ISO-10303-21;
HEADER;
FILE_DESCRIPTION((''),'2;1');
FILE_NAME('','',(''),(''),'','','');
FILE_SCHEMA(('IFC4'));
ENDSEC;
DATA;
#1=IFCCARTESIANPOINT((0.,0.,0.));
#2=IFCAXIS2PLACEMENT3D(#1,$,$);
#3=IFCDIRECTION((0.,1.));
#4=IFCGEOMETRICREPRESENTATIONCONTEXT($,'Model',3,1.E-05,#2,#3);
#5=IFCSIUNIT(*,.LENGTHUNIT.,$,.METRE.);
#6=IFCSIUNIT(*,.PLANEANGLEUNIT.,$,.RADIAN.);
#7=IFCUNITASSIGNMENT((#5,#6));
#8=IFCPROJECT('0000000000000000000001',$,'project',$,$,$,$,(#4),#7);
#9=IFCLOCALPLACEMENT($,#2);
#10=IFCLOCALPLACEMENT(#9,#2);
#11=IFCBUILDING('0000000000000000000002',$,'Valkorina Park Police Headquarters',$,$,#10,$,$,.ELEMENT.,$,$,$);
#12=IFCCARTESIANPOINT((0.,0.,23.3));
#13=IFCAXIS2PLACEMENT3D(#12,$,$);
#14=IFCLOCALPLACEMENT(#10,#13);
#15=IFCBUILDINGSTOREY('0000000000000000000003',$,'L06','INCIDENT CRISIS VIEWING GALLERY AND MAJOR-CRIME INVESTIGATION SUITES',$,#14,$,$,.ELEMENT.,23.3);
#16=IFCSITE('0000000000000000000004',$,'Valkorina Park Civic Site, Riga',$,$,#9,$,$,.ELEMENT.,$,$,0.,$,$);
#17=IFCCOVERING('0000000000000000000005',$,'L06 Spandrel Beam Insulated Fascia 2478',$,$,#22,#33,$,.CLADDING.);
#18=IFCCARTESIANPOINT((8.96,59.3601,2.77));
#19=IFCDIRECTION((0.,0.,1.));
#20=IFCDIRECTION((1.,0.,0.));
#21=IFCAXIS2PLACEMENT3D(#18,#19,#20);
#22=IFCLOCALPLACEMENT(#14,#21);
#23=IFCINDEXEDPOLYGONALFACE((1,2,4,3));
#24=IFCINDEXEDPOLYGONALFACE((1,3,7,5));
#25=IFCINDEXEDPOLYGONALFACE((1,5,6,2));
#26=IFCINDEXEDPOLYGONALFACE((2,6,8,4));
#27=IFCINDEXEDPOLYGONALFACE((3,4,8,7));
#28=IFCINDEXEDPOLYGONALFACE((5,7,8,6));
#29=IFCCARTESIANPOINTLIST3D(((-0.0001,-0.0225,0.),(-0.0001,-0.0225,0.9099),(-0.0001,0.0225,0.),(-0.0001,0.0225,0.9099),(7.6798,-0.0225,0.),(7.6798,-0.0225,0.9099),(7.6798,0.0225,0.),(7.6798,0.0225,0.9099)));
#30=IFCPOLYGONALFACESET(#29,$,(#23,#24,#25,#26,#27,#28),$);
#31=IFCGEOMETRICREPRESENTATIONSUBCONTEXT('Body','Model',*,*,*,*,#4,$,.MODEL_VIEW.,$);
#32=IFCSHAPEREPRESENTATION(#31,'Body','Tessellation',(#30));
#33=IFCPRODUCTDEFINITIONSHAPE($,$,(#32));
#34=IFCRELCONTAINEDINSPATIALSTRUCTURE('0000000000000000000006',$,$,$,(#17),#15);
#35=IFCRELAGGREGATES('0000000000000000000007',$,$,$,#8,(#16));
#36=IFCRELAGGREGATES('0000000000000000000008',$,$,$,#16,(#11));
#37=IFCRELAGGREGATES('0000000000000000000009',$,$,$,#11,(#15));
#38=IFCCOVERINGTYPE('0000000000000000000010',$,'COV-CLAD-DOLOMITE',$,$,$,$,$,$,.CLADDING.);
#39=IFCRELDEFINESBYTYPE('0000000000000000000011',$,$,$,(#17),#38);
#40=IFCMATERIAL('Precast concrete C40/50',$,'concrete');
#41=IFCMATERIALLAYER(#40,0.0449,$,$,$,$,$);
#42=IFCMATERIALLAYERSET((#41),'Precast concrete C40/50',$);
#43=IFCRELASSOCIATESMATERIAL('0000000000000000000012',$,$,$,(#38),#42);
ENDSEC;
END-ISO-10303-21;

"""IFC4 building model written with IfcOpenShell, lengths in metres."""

from ifc_helpers import new_model, si_unit, direction, frame, frame_2d, origin, place, context, subcontext, project, spatial, rectangle, extrude, material, layer, layer_set, type_object, element, save


model = new_model("IFC4")

# Units and contexts
model_context = context("Model", 3, precision=1e-05, world=origin(), true_north=direction((0.0, 1.0)))
body_context = subcontext(model_context, "Body", "Model", "MODEL_VIEW")
ifc_project = project(units=[si_unit("LENGTHUNIT", "METRE"), si_unit("PLANEANGLEUNIT", "RADIAN")], contexts=[model_context])

# Site, building, storey
site_placement = place(None, origin())
site = spatial("IfcSite", under=ifc_project, at=site_placement, Name="Valkorina Park Civic Site, Riga", CompositionType="ELEMENT", RefElevation=0.0)
building_placement = place(site_placement, origin())
building = spatial("IfcBuilding", under=site, at=building_placement, Name="Valkorina Park Police Headquarters", CompositionType="ELEMENT")
storey_placement = place(building_placement, frame((0.0, 0.0, 23.3)))
storey = spatial("IfcBuildingStorey", under=building, at=storey_placement, Name="L06", Description="INCIDENT CRISIS VIEWING GALLERY AND MAJOR-CRIME INVESTIGATION SUITES", CompositionType="ELEMENT", Elevation=23.3)

# Covering
ifc_material_1 = material(Name="Precast concrete C40/50", Category="concrete")
ifc_layer_1 = layer(ifc_material_1, 0.0449)
ifc_layer_set_1 = layer_set([ifc_layer_1], Name="Precast concrete C40/50")
covering_type_1 = type_object("IfcCoveringType", Name="COV-CLAD-DOLOMITE", PredefinedType="CLADDING", material=ifc_layer_set_1)
covering_1_placement = place(storey_placement, frame((8.96, 59.3601, 2.77), z_axis=(0.0, 0.0, 1.0), x_axis=(1.0, 0.0, 0.0)))
element("IfcCovering", 1, at=covering_1_placement, inside=storey, type_object=covering_type_1, Name="L06 Spandrel Beam Insulated Fascia 2478", PredefinedType="CLADDING", context=body_context, shape_type="SweptSolid", body=[
    extrude(rectangle(XDim=7.6799, YDim=0.0449, at=frame_2d((3.8398, 0.0))), origin(), (0.0, 0.0, 1.0), 0.9099),
])

save(model, "model.ifc")
